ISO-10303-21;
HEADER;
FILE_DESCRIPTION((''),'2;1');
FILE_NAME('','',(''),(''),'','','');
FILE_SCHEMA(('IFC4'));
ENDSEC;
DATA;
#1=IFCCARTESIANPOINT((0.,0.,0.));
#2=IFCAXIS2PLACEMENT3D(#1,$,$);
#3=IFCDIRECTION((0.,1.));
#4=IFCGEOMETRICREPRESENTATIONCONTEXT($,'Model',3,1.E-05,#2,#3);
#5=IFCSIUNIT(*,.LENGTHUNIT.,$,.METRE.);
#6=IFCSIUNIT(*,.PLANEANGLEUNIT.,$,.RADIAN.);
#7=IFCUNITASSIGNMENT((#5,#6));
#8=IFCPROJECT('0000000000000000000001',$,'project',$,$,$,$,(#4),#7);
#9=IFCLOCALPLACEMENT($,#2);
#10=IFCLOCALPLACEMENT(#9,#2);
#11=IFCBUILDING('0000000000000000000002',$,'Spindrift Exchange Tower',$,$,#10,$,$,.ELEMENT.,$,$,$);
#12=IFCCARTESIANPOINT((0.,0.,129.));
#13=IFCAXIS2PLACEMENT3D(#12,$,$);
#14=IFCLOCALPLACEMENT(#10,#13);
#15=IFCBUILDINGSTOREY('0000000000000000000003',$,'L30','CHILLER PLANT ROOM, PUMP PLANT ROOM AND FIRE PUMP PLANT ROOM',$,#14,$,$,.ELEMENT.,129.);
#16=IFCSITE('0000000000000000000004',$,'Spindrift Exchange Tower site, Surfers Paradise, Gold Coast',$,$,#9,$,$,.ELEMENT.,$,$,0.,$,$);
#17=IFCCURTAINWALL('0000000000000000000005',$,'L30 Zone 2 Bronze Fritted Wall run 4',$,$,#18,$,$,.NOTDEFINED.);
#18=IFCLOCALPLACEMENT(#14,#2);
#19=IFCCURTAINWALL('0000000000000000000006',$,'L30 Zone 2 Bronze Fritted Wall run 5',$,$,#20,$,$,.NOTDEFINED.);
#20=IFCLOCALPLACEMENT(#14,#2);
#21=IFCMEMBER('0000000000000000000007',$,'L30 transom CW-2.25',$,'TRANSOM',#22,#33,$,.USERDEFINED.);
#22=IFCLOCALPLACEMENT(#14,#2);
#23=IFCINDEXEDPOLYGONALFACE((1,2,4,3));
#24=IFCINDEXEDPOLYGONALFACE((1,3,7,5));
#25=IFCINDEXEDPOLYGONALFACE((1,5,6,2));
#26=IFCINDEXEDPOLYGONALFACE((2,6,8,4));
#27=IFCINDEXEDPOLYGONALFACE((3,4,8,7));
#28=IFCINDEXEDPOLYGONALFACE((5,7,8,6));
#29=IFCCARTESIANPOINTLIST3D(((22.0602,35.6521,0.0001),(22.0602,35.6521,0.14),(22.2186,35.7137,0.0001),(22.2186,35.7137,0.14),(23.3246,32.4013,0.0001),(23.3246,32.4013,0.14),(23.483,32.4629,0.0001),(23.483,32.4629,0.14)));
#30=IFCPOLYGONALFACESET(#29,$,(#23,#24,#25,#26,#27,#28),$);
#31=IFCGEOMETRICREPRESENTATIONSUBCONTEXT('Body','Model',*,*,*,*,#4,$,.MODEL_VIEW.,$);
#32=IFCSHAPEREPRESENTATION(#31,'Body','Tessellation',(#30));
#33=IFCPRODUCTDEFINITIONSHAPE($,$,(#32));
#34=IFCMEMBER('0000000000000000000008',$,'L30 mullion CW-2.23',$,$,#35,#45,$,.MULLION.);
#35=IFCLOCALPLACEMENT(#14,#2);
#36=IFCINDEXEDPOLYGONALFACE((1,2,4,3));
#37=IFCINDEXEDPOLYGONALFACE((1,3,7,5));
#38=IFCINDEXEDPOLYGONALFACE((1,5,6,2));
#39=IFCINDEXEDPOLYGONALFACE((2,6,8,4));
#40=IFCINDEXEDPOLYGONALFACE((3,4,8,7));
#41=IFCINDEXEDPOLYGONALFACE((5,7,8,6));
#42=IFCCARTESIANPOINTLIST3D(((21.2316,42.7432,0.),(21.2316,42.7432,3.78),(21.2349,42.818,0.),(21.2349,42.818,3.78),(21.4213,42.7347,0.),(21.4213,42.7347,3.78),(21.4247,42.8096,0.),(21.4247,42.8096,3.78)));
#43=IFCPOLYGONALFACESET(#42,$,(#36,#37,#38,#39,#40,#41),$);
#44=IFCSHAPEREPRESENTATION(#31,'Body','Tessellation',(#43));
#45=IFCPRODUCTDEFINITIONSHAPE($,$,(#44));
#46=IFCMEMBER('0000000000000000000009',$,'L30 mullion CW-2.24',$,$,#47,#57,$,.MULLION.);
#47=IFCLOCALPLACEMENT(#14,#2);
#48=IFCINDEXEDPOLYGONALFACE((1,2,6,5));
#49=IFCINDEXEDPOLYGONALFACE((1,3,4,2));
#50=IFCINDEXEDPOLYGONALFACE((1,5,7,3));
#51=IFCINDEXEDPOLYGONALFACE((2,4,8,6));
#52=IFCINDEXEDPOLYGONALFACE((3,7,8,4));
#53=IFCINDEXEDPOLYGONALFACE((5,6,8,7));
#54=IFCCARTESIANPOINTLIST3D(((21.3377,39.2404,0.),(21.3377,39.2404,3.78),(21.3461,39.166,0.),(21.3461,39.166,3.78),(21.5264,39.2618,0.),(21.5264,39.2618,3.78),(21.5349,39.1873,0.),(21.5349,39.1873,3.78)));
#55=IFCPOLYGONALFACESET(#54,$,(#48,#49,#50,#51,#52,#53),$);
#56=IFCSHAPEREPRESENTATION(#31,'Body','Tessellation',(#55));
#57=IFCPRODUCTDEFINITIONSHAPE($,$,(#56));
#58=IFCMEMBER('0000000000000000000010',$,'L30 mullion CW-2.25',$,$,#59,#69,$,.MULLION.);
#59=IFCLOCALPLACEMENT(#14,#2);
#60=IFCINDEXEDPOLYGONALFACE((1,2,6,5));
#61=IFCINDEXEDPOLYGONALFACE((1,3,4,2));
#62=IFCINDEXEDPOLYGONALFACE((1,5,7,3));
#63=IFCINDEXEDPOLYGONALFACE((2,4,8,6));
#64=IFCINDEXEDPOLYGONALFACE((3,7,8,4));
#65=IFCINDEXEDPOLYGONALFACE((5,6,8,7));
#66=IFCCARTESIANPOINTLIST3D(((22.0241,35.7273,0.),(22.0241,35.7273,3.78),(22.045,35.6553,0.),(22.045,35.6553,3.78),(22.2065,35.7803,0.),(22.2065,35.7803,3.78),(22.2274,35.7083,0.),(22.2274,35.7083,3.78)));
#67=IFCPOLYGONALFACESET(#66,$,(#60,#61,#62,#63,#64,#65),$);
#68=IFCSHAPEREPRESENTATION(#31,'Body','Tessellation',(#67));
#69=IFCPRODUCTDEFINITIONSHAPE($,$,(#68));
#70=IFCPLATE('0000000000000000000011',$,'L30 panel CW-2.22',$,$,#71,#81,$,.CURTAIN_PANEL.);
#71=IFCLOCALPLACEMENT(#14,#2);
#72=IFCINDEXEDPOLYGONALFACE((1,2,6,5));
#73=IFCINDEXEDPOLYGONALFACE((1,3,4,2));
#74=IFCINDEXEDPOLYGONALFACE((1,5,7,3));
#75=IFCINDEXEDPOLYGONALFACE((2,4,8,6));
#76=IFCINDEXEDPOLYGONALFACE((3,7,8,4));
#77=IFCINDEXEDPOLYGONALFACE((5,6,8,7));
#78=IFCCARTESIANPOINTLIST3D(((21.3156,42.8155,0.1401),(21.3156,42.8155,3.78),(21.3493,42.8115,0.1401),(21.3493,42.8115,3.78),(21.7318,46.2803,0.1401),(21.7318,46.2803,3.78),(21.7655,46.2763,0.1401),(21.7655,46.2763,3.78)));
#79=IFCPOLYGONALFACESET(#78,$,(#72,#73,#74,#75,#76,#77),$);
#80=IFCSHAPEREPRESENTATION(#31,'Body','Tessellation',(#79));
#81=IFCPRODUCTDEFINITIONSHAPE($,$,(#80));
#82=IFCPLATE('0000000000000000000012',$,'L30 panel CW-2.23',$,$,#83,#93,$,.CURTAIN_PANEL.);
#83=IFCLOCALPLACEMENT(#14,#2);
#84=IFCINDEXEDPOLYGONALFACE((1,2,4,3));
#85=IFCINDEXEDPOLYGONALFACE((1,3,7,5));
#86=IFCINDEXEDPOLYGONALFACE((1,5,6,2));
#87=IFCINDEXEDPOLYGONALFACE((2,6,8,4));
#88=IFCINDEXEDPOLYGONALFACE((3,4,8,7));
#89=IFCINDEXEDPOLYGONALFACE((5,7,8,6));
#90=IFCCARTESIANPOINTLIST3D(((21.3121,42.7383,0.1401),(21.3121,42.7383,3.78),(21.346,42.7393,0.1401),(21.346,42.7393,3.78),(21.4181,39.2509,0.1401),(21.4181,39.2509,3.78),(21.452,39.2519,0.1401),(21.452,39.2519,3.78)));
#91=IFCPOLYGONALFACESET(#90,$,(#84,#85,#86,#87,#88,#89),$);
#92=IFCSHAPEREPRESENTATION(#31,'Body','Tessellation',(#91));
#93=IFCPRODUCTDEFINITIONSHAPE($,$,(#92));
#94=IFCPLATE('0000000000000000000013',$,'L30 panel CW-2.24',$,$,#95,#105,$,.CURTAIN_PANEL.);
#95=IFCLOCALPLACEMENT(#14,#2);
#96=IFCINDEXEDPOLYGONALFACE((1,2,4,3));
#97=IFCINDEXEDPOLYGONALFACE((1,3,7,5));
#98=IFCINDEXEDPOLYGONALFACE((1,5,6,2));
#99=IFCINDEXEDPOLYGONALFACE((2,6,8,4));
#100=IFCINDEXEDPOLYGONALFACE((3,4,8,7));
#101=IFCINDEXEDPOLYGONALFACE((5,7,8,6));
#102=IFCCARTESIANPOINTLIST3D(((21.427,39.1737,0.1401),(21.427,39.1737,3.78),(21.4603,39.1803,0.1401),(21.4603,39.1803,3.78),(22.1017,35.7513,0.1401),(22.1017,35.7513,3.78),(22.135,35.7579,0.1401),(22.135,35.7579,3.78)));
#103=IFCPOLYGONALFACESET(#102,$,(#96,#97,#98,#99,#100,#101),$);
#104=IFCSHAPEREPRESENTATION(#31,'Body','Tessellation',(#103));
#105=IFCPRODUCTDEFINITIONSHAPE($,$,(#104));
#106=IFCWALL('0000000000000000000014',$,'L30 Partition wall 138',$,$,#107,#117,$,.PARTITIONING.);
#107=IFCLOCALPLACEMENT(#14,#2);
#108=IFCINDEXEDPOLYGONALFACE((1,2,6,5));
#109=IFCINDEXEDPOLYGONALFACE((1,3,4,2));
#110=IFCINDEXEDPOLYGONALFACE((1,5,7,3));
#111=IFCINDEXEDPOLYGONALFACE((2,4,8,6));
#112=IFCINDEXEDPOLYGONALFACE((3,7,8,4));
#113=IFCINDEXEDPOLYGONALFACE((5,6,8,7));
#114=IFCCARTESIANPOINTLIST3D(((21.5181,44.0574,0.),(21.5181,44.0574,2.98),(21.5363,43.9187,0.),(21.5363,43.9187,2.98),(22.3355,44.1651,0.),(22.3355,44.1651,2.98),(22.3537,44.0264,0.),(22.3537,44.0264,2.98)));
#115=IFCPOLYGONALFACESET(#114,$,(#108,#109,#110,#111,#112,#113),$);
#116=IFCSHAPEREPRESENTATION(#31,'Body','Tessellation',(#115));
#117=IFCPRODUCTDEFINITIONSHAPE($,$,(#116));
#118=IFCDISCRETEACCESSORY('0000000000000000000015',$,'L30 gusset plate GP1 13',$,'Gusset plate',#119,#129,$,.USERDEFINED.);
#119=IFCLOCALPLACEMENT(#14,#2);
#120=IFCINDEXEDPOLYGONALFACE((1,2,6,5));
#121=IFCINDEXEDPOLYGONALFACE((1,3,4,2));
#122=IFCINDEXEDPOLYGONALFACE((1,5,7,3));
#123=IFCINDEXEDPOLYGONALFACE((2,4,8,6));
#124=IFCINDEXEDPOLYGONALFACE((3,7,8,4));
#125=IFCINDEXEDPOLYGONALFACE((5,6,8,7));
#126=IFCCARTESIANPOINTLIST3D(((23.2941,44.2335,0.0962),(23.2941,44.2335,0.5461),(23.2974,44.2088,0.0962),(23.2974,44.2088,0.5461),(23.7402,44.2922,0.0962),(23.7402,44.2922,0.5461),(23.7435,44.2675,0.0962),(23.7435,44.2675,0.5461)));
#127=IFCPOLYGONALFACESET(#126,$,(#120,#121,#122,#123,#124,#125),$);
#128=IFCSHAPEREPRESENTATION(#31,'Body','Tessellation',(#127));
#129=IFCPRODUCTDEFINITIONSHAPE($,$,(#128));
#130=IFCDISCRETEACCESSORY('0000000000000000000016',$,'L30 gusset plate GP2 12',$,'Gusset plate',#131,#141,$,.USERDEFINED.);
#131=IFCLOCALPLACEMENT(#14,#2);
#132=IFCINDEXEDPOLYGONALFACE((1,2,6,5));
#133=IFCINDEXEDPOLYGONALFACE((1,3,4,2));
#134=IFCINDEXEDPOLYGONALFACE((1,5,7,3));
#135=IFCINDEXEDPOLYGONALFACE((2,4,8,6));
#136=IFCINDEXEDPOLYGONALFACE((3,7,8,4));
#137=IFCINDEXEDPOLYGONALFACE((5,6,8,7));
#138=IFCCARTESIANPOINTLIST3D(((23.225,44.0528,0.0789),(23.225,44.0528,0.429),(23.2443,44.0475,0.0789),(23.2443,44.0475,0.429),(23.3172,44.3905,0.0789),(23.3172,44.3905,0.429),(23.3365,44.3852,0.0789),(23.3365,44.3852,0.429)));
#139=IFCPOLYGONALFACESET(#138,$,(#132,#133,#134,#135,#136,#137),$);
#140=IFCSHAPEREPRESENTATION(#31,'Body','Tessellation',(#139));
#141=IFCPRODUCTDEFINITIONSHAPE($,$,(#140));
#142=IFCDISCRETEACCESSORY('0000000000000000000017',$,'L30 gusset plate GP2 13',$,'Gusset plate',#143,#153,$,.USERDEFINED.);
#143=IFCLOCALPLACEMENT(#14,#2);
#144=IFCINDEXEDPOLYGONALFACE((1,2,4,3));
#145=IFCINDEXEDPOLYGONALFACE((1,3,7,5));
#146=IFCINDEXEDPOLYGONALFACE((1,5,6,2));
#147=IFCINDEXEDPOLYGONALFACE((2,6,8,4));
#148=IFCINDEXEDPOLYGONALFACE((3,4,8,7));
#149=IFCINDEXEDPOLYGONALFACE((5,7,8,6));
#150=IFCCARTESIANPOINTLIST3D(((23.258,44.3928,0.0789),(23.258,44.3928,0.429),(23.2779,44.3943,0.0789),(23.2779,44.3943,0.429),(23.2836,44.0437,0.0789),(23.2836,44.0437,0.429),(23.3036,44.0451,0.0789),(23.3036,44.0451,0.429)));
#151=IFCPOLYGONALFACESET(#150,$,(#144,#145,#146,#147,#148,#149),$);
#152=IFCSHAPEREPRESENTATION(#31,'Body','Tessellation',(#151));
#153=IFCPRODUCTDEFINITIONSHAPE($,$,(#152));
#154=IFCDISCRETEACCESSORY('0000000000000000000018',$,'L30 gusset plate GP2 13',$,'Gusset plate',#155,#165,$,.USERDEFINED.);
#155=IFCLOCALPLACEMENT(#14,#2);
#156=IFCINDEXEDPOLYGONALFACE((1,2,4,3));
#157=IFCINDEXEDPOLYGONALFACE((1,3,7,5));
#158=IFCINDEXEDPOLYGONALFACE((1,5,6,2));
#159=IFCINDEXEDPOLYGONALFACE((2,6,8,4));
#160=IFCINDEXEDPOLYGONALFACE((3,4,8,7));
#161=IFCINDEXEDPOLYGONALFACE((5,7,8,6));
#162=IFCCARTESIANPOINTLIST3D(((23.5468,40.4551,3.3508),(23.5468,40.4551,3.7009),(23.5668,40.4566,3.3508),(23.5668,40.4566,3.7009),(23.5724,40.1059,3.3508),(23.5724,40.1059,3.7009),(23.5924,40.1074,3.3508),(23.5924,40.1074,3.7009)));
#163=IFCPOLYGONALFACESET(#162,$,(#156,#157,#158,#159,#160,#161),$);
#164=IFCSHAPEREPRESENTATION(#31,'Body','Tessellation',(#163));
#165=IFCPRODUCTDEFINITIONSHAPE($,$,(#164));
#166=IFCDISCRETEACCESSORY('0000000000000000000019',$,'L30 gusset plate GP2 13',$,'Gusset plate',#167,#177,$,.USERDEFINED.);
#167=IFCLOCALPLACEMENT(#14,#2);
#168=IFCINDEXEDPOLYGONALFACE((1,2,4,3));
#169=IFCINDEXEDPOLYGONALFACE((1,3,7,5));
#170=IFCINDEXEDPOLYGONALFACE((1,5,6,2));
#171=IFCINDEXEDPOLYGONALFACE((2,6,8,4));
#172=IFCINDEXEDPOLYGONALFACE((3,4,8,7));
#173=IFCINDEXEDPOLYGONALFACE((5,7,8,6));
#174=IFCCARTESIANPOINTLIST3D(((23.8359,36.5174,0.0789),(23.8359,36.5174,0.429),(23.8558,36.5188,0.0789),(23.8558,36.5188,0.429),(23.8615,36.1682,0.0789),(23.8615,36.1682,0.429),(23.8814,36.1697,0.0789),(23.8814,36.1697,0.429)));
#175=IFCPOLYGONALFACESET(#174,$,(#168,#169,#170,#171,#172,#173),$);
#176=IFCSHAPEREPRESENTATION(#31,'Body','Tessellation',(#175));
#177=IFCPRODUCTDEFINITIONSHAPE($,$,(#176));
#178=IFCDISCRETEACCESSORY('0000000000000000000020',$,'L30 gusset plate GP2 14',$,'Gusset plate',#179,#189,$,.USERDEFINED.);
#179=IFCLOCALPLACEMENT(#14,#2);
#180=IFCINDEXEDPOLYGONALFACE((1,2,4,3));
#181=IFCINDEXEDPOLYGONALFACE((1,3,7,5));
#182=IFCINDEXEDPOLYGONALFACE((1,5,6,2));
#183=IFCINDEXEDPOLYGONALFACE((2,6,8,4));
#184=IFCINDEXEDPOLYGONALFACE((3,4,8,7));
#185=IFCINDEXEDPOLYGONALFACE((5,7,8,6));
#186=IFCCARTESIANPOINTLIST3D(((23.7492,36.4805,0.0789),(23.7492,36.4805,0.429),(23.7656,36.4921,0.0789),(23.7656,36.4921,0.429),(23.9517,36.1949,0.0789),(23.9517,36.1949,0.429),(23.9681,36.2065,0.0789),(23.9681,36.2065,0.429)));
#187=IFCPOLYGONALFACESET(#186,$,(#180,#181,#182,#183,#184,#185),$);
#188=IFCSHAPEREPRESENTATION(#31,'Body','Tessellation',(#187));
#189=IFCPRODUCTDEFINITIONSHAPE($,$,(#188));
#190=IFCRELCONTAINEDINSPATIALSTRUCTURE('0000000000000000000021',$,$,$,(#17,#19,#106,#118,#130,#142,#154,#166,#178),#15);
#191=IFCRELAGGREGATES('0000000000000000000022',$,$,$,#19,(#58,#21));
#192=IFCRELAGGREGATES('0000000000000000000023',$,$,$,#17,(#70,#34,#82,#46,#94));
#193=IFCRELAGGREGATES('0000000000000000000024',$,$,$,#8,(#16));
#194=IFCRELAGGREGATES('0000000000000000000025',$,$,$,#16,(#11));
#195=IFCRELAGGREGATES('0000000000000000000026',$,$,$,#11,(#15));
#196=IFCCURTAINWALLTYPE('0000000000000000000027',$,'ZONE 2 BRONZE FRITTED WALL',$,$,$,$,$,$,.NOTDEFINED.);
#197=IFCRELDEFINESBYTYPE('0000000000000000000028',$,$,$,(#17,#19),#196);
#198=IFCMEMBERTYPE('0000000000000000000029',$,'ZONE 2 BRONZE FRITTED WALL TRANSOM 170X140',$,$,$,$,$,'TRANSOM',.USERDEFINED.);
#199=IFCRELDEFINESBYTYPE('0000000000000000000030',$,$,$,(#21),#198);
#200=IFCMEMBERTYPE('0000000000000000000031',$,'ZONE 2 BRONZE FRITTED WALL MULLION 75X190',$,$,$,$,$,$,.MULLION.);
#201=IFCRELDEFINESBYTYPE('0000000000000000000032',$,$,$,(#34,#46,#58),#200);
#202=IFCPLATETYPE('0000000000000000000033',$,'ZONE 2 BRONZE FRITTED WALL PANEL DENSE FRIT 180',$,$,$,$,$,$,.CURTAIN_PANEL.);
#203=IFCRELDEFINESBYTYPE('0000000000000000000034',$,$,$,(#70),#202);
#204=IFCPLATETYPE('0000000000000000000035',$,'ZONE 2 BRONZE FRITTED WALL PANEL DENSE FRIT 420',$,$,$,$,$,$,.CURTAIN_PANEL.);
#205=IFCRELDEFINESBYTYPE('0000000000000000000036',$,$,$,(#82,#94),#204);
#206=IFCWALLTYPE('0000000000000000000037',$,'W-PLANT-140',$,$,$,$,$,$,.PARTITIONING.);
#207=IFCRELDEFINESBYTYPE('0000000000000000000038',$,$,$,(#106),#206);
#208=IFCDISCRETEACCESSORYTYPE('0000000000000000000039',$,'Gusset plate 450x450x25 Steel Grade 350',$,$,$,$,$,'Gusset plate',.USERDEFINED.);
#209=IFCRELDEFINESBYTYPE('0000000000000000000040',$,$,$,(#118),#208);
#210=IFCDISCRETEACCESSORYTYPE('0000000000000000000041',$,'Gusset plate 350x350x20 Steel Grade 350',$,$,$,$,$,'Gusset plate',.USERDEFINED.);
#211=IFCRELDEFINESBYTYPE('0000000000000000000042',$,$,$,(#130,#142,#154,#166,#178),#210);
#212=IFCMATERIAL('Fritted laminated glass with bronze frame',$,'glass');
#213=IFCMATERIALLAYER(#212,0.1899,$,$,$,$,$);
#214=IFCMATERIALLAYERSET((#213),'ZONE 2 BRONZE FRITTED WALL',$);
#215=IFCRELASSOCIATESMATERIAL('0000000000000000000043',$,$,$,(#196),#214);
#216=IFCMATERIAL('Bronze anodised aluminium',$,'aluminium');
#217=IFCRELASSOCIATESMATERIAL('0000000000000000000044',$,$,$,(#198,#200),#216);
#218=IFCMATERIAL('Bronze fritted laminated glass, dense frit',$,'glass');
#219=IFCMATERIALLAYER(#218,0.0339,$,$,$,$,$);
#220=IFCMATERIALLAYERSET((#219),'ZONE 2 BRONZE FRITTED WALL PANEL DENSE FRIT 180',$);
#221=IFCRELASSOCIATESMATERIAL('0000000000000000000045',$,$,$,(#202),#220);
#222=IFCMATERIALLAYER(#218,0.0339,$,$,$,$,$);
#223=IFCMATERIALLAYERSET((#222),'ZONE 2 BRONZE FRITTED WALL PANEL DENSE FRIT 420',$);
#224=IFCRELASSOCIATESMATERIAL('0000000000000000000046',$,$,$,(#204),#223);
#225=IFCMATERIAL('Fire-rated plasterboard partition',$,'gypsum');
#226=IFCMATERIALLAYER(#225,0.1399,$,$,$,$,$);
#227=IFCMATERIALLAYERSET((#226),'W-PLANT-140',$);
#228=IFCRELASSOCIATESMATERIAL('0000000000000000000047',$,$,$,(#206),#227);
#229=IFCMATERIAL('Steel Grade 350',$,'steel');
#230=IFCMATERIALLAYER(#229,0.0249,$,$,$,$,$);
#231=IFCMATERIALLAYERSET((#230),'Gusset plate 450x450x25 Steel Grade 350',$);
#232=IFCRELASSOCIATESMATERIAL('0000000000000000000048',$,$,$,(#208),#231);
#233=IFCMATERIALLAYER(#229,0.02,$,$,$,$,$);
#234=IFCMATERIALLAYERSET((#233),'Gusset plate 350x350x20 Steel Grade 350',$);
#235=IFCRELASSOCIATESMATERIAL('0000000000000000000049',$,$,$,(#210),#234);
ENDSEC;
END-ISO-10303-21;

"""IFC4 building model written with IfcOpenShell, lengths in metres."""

from ifc_helpers import new_model, si_unit, direction, frame, frame_2d, origin, origin_2d, place, context, subcontext, project, spatial, rectangle, extrude, source, transform, mapped, material, layer, layer_set, material_profile, profile_set, type_object, element, aggregate, save


model = new_model("IFC4")

# Units and contexts
model_context = context("Model", 3, precision=1e-05, world=origin(), true_north=direction((0.0, 1.0)))
body_context = subcontext(model_context, "Body", "Model", "MODEL_VIEW")
ifc_project = project(units=[si_unit("LENGTHUNIT", "METRE"), si_unit("PLANEANGLEUNIT", "RADIAN")], contexts=[model_context])

# Site, building, storey
site_placement = place(None, origin())
site = spatial("IfcSite", under=ifc_project, at=site_placement, Name="Spindrift Exchange Tower site, Surfers Paradise, Gold Coast", CompositionType="ELEMENT", RefElevation=0.0)
building_placement = place(site_placement, origin())
building = spatial("IfcBuilding", under=site, at=building_placement, Name="Spindrift Exchange Tower", CompositionType="ELEMENT")
storey_placement = place(building_placement, frame((0.0, 0.0, 129.0)))
storey = spatial("IfcBuildingStorey", under=building, at=storey_placement, Name="L30", Description="CHILLER PLANT ROOM, PUMP PLANT ROOM AND FIRE PUMP PLANT ROOM", CompositionType="ELEMENT", Elevation=129.0)

# Shared definitions
ifc_material_1 = material(Name="Steel Grade 350", Category="steel")

# Curtain wall
ifc_material_2 = material(Name="Fritted laminated glass with bronze frame", Category="glass")
ifc_layer_1 = layer(ifc_material_2, 0.1899)
ifc_layer_set_1 = layer_set([ifc_layer_1], Name="ZONE 2 BRONZE FRITTED WALL")
curtain_wall_type = type_object("IfcCurtainWallType", Name="ZONE 2 BRONZE FRITTED WALL", PredefinedType="NOTDEFINED", material=ifc_layer_set_1)
curtain_wall_1_placement = place(storey_placement, origin())
curtain_wall_1 = element("IfcCurtainWall", 1, at=curtain_wall_1_placement, inside=storey, type_object=curtain_wall_type, Name="L30 Zone 2 Bronze Fritted Wall run 4", PredefinedType="NOTDEFINED")
ifc_material_3 = material(Name="Bronze anodised aluminium", Category="aluminium")
ifc_material_profile_1 = material_profile(ifc_material_3, rectangle(XDim=0.1699, YDim=0.1399, at=origin_2d()), Name="ZONE 2 BRONZE FRITTED WALL TRANSOM 170X140")
ifc_profile_set_1 = profile_set([ifc_material_profile_1], Name="Bronze anodised aluminium")
member_type_1 = type_object("IfcMemberType", Name="ZONE 2 BRONZE FRITTED WALL TRANSOM 170X140", ElementType="TRANSOM", PredefinedType="USERDEFINED", material=ifc_profile_set_1)

# Curtain wall, member
curtain_wall_2_placement = place(storey_placement, origin())
curtain_wall_2 = element("IfcCurtainWall", 2, at=curtain_wall_2_placement, inside=storey, type_object=curtain_wall_type, Name="L30 Zone 2 Bronze Fritted Wall run 5", PredefinedType="NOTDEFINED")
shared_shape_1 = source(origin(), body_context, "Body", "SweptSolid", [
    extrude(rectangle(XDim=0.1699, YDim=0.1399, at=origin_2d()), origin(), (0.0, 0.0, 1.0), 3.488),
])
member_1_placement = place(storey_placement, frame((22.1394, 35.6829, 0.0701), z_axis=(0.362504, -0.931982, 0.0), x_axis=(0.931982, 0.362504, 0.0)))
member_1 = element("IfcMember", 3, at=member_1_placement, type_object=member_type_1, Name="L30 transom CW-2.25", ObjectType="TRANSOM", PredefinedType="USERDEFINED", context=body_context, shape_type="MappedRepresentation", body=[
    mapped(shared_shape_1, transform((0.0, 0.0, 0.0), scale=1.0)),
])

# Members
ifc_material_profile_2 = material_profile(ifc_material_3, rectangle(XDim=0.075, YDim=0.1899, at=origin_2d()), Name="ZONE 2 BRONZE FRITTED WALL MULLION 75X190")
ifc_profile_set_2 = profile_set([ifc_material_profile_2], Name="Bronze anodised aluminium")
member_type_2 = type_object("IfcMemberType", Name="ZONE 2 BRONZE FRITTED WALL MULLION 75X190", PredefinedType="MULLION", material=ifc_profile_set_2)
shared_shape_2 = source(origin(), body_context, "Body", "SweptSolid", [
    extrude(rectangle(XDim=0.075, YDim=0.1899, at=origin_2d()), origin(), (0.0, 0.0, 1.0), 3.78),
])
member_2_placement = place(storey_placement, frame((21.3281, 42.7764, 0.0), z_axis=(0.0, 0.0, 1.0), x_axis=(-0.044557, -0.999007, 0.0)))
member_2 = element("IfcMember", 4, at=member_2_placement, type_object=member_type_2, Name="L30 mullion CW-2.23", PredefinedType="MULLION", context=body_context, shape_type="MappedRepresentation", body=[
    mapped(shared_shape_2, transform((0.0, 0.0, 0.0), scale=1.0)),
])
member_3_placement = place(storey_placement, frame((21.4363, 39.2139, 0.0), z_axis=(0.0, 0.0, 1.0), x_axis=(0.112291, -0.993675, 0.0)))
member_3 = element("IfcMember", 5, at=member_3_placement, type_object=member_type_2, Name="L30 mullion CW-2.24", PredefinedType="MULLION", context=body_context, shape_type="MappedRepresentation", body=[
    mapped(shared_shape_2, transform((0.0, 0.0, 0.0), scale=1.0)),
])
member_4_placement = place(storey_placement, frame((22.1257, 35.7178, 0.0), z_axis=(0.0, 0.0, 1.0), x_axis=(0.279074, -0.960269, 0.0)))
member_4 = element("IfcMember", 6, at=member_4_placement, type_object=member_type_2, Name="L30 mullion CW-2.25", PredefinedType="MULLION", context=body_context, shape_type="MappedRepresentation", body=[
    mapped(shared_shape_2, transform((0.0, 0.0, 0.0), scale=1.0)),
])
aggregate(curtain_wall_2, [member_4, member_1])

# Plates
ifc_material_4 = material(Name="Bronze fritted laminated glass, dense frit", Category="glass")
ifc_layer_2 = layer(ifc_material_4, 0.0339)
ifc_layer_set_2 = layer_set([ifc_layer_2], Name="ZONE 2 BRONZE FRITTED WALL PANEL DENSE FRIT 180")
plate_type_1 = type_object("IfcPlateType", Name="ZONE 2 BRONZE FRITTED WALL PANEL DENSE FRIT 180", PredefinedType="CURTAIN_PANEL", material=ifc_layer_set_2)
shared_shape_3 = source(origin(), body_context, "Body", "SweptSolid", [
    extrude(rectangle(XDim=3.4897, YDim=0.0339, at=origin_2d()), origin(), (0.0, 0.0, 1.0), 3.6399),
])
plate_1_placement = place(storey_placement, frame((21.5405, 44.5459, 0.1401), z_axis=(0.0, 0.0, 1.0), x_axis=(-0.119251, -0.992864, 0.0)))
plate_1 = element("IfcPlate", 7, at=plate_1_placement, type_object=plate_type_1, Name="L30 panel CW-2.22", PredefinedType="CURTAIN_PANEL", context=body_context, shape_type="MappedRepresentation", body=[
    mapped(shared_shape_3, transform((0.0, 0.0, 0.0), scale=1.0)),
])
ifc_layer_3 = layer(ifc_material_4, 0.0339)
ifc_layer_set_3 = layer_set([ifc_layer_3], Name="ZONE 2 BRONZE FRITTED WALL PANEL DENSE FRIT 420")
plate_type_2 = type_object("IfcPlateType", Name="ZONE 2 BRONZE FRITTED WALL PANEL DENSE FRIT 420", PredefinedType="CURTAIN_PANEL", material=ifc_layer_set_3)
shared_shape_4 = source(origin(), body_context, "Body", "SweptSolid", [
    extrude(rectangle(XDim=3.489, YDim=0.0339, at=origin_2d()), origin(), (0.0, 0.0, 1.0), 3.6399),
])
plate_2_placement = place(storey_placement, frame((21.3821, 40.9951, 0.1401), z_axis=(0.0, 0.0, 1.0), x_axis=(0.030387, -0.999538, 0.0)))
plate_2 = element("IfcPlate", 8, at=plate_2_placement, type_object=plate_type_2, Name="L30 panel CW-2.23", PredefinedType="CURTAIN_PANEL", context=body_context, shape_type="MappedRepresentation", body=[
    mapped(shared_shape_4, transform((0.0, 0.0, 0.0), scale=1.0)),
])
shared_shape_5 = source(origin(), body_context, "Body", "SweptSolid", [
    extrude(rectangle(XDim=3.4883, YDim=0.0339, at=origin_2d()), origin(), (0.0, 0.0, 1.0), 3.6399),
])
plate_3_placement = place(storey_placement, frame((21.781, 37.4658, 0.1401), z_axis=(0.0, 0.0, 1.0), x_axis=(0.193438, -0.981112, 0.0)))
plate_3 = element("IfcPlate", 9, at=plate_3_placement, type_object=plate_type_2, Name="L30 panel CW-2.24", PredefinedType="CURTAIN_PANEL", context=body_context, shape_type="MappedRepresentation", body=[
    mapped(shared_shape_5, transform((0.0, 0.0, 0.0), scale=1.0)),
])
aggregate(curtain_wall_1, [plate_1, member_2, plate_2, member_3, plate_3])

# Wall
ifc_material_5 = material(Name="Fire-rated plasterboard partition", Category="gypsum")
ifc_layer_4 = layer(ifc_material_5, 0.1399)
ifc_layer_set_4 = layer_set([ifc_layer_4], Name="W-PLANT-140")
wall_type = type_object("IfcWallType", Name="W-PLANT-140", PredefinedType="PARTITIONING", material=ifc_layer_set_4)
wall_placement = place(storey_placement, frame((22.3445, 44.0957, 0.0), z_axis=(0.0, 0.0, 1.0), x_axis=(-0.991436, -0.130592, 0.0)))
element("IfcWall", 10, at=wall_placement, inside=storey, type_object=wall_type, Name="L30 Partition wall 138", PredefinedType="PARTITIONING", context=body_context, shape_type="SweptSolid", body=[
    extrude(rectangle(XDim=0.8245, YDim=0.1399, at=frame_2d((0.4121, 0.0))), origin(), (0.0, 0.0, 1.0), 2.98),
])

# Discrete accessories
ifc_layer_5 = layer(ifc_material_1, 0.0249)
ifc_layer_set_5 = layer_set([ifc_layer_5], Name="Gusset plate 450x450x25 Steel Grade 350")
discrete_accessory_type_1 = type_object("IfcDiscreteAccessoryType", Name="Gusset plate 450x450x25 Steel Grade 350", ElementType="Gusset plate", PredefinedType="USERDEFINED", material=ifc_layer_set_5)
shared_shape_6 = source(origin(), body_context, "Body", "SweptSolid", [
    extrude(rectangle(XDim=0.45, YDim=0.0249, at=origin_2d()), origin(), (0.0, 0.0, 1.0), 0.45),
])
discrete_accessory_placement = place(storey_placement, frame((23.5188, 44.2505, 0.0962), z_axis=(0.0, 0.0, 1.0), x_axis=(-0.991446, -0.130514, 0.0)))
element("IfcDiscreteAccessory", 11, at=discrete_accessory_placement, inside=storey, type_object=discrete_accessory_type_1, Name="L30 gusset plate GP1 13", ObjectType="Gusset plate", PredefinedType="USERDEFINED", context=body_context, shape_type="MappedRepresentation", body=[
    mapped(shared_shape_6, transform((0.0, 0.0, 0.0), scale=1.0)),
])
ifc_layer_6 = layer(ifc_material_1, 0.02)
ifc_layer_set_6 = layer_set([ifc_layer_6], Name="Gusset plate 350x350x20 Steel Grade 350")
discrete_accessory_type_2 = type_object("IfcDiscreteAccessoryType", Name="Gusset plate 350x350x20 Steel Grade 350", ElementType="Gusset plate", PredefinedType="USERDEFINED", material=ifc_layer_set_6)
shared_shape_7 = source(origin(), body_context, "Body", "SweptSolid", [
    extrude(rectangle(XDim=0.3501, YDim=0.02, at=origin_2d()), origin(), (0.0, 0.0, 1.0), 0.3501),
])
for number, where, z_axis, x_axis, name in (
    (12, (23.2808, 44.219, 0.0789), (0.0, 0.0, 1.0), (-0.26324, -0.96473, 0.0), "L30 gusset plate GP2 12"),
    (13, (23.2808, 44.219, 0.0789), (0.0, 0.0, 1.0), (0.073169, -0.99732, 0.0), "L30 gusset plate GP2 13"),
    (14, (23.5696, 40.2812, 3.3508), (0.0, 0.0, 1.0), (0.073169, -0.99732, 0.0), "L30 gusset plate GP2 13"),
    (15, (23.8586, 36.3435, 0.0789), (0.0, 0.0, 1.0), (0.073169, -0.99732, 0.0), "L30 gusset plate GP2 13"),
    (16, (23.8586, 36.3435, 0.0789), (0.0, 0.0, 1.0), (0.578369, -0.815775, 0.0), "L30 gusset plate GP2 14"),
):
    element("IfcDiscreteAccessory", number, at=place(storey_placement, frame(where, z_axis=z_axis, x_axis=x_axis)), inside=storey, type_object=discrete_accessory_type_2, Name=name, ObjectType="Gusset plate", PredefinedType="USERDEFINED", context=body_context, shape_type="MappedRepresentation", body=[
        mapped(shared_shape_7, transform((0.0, 0.0, 0.0), scale=1.0)),
    ])

save(model, "model.ifc")
